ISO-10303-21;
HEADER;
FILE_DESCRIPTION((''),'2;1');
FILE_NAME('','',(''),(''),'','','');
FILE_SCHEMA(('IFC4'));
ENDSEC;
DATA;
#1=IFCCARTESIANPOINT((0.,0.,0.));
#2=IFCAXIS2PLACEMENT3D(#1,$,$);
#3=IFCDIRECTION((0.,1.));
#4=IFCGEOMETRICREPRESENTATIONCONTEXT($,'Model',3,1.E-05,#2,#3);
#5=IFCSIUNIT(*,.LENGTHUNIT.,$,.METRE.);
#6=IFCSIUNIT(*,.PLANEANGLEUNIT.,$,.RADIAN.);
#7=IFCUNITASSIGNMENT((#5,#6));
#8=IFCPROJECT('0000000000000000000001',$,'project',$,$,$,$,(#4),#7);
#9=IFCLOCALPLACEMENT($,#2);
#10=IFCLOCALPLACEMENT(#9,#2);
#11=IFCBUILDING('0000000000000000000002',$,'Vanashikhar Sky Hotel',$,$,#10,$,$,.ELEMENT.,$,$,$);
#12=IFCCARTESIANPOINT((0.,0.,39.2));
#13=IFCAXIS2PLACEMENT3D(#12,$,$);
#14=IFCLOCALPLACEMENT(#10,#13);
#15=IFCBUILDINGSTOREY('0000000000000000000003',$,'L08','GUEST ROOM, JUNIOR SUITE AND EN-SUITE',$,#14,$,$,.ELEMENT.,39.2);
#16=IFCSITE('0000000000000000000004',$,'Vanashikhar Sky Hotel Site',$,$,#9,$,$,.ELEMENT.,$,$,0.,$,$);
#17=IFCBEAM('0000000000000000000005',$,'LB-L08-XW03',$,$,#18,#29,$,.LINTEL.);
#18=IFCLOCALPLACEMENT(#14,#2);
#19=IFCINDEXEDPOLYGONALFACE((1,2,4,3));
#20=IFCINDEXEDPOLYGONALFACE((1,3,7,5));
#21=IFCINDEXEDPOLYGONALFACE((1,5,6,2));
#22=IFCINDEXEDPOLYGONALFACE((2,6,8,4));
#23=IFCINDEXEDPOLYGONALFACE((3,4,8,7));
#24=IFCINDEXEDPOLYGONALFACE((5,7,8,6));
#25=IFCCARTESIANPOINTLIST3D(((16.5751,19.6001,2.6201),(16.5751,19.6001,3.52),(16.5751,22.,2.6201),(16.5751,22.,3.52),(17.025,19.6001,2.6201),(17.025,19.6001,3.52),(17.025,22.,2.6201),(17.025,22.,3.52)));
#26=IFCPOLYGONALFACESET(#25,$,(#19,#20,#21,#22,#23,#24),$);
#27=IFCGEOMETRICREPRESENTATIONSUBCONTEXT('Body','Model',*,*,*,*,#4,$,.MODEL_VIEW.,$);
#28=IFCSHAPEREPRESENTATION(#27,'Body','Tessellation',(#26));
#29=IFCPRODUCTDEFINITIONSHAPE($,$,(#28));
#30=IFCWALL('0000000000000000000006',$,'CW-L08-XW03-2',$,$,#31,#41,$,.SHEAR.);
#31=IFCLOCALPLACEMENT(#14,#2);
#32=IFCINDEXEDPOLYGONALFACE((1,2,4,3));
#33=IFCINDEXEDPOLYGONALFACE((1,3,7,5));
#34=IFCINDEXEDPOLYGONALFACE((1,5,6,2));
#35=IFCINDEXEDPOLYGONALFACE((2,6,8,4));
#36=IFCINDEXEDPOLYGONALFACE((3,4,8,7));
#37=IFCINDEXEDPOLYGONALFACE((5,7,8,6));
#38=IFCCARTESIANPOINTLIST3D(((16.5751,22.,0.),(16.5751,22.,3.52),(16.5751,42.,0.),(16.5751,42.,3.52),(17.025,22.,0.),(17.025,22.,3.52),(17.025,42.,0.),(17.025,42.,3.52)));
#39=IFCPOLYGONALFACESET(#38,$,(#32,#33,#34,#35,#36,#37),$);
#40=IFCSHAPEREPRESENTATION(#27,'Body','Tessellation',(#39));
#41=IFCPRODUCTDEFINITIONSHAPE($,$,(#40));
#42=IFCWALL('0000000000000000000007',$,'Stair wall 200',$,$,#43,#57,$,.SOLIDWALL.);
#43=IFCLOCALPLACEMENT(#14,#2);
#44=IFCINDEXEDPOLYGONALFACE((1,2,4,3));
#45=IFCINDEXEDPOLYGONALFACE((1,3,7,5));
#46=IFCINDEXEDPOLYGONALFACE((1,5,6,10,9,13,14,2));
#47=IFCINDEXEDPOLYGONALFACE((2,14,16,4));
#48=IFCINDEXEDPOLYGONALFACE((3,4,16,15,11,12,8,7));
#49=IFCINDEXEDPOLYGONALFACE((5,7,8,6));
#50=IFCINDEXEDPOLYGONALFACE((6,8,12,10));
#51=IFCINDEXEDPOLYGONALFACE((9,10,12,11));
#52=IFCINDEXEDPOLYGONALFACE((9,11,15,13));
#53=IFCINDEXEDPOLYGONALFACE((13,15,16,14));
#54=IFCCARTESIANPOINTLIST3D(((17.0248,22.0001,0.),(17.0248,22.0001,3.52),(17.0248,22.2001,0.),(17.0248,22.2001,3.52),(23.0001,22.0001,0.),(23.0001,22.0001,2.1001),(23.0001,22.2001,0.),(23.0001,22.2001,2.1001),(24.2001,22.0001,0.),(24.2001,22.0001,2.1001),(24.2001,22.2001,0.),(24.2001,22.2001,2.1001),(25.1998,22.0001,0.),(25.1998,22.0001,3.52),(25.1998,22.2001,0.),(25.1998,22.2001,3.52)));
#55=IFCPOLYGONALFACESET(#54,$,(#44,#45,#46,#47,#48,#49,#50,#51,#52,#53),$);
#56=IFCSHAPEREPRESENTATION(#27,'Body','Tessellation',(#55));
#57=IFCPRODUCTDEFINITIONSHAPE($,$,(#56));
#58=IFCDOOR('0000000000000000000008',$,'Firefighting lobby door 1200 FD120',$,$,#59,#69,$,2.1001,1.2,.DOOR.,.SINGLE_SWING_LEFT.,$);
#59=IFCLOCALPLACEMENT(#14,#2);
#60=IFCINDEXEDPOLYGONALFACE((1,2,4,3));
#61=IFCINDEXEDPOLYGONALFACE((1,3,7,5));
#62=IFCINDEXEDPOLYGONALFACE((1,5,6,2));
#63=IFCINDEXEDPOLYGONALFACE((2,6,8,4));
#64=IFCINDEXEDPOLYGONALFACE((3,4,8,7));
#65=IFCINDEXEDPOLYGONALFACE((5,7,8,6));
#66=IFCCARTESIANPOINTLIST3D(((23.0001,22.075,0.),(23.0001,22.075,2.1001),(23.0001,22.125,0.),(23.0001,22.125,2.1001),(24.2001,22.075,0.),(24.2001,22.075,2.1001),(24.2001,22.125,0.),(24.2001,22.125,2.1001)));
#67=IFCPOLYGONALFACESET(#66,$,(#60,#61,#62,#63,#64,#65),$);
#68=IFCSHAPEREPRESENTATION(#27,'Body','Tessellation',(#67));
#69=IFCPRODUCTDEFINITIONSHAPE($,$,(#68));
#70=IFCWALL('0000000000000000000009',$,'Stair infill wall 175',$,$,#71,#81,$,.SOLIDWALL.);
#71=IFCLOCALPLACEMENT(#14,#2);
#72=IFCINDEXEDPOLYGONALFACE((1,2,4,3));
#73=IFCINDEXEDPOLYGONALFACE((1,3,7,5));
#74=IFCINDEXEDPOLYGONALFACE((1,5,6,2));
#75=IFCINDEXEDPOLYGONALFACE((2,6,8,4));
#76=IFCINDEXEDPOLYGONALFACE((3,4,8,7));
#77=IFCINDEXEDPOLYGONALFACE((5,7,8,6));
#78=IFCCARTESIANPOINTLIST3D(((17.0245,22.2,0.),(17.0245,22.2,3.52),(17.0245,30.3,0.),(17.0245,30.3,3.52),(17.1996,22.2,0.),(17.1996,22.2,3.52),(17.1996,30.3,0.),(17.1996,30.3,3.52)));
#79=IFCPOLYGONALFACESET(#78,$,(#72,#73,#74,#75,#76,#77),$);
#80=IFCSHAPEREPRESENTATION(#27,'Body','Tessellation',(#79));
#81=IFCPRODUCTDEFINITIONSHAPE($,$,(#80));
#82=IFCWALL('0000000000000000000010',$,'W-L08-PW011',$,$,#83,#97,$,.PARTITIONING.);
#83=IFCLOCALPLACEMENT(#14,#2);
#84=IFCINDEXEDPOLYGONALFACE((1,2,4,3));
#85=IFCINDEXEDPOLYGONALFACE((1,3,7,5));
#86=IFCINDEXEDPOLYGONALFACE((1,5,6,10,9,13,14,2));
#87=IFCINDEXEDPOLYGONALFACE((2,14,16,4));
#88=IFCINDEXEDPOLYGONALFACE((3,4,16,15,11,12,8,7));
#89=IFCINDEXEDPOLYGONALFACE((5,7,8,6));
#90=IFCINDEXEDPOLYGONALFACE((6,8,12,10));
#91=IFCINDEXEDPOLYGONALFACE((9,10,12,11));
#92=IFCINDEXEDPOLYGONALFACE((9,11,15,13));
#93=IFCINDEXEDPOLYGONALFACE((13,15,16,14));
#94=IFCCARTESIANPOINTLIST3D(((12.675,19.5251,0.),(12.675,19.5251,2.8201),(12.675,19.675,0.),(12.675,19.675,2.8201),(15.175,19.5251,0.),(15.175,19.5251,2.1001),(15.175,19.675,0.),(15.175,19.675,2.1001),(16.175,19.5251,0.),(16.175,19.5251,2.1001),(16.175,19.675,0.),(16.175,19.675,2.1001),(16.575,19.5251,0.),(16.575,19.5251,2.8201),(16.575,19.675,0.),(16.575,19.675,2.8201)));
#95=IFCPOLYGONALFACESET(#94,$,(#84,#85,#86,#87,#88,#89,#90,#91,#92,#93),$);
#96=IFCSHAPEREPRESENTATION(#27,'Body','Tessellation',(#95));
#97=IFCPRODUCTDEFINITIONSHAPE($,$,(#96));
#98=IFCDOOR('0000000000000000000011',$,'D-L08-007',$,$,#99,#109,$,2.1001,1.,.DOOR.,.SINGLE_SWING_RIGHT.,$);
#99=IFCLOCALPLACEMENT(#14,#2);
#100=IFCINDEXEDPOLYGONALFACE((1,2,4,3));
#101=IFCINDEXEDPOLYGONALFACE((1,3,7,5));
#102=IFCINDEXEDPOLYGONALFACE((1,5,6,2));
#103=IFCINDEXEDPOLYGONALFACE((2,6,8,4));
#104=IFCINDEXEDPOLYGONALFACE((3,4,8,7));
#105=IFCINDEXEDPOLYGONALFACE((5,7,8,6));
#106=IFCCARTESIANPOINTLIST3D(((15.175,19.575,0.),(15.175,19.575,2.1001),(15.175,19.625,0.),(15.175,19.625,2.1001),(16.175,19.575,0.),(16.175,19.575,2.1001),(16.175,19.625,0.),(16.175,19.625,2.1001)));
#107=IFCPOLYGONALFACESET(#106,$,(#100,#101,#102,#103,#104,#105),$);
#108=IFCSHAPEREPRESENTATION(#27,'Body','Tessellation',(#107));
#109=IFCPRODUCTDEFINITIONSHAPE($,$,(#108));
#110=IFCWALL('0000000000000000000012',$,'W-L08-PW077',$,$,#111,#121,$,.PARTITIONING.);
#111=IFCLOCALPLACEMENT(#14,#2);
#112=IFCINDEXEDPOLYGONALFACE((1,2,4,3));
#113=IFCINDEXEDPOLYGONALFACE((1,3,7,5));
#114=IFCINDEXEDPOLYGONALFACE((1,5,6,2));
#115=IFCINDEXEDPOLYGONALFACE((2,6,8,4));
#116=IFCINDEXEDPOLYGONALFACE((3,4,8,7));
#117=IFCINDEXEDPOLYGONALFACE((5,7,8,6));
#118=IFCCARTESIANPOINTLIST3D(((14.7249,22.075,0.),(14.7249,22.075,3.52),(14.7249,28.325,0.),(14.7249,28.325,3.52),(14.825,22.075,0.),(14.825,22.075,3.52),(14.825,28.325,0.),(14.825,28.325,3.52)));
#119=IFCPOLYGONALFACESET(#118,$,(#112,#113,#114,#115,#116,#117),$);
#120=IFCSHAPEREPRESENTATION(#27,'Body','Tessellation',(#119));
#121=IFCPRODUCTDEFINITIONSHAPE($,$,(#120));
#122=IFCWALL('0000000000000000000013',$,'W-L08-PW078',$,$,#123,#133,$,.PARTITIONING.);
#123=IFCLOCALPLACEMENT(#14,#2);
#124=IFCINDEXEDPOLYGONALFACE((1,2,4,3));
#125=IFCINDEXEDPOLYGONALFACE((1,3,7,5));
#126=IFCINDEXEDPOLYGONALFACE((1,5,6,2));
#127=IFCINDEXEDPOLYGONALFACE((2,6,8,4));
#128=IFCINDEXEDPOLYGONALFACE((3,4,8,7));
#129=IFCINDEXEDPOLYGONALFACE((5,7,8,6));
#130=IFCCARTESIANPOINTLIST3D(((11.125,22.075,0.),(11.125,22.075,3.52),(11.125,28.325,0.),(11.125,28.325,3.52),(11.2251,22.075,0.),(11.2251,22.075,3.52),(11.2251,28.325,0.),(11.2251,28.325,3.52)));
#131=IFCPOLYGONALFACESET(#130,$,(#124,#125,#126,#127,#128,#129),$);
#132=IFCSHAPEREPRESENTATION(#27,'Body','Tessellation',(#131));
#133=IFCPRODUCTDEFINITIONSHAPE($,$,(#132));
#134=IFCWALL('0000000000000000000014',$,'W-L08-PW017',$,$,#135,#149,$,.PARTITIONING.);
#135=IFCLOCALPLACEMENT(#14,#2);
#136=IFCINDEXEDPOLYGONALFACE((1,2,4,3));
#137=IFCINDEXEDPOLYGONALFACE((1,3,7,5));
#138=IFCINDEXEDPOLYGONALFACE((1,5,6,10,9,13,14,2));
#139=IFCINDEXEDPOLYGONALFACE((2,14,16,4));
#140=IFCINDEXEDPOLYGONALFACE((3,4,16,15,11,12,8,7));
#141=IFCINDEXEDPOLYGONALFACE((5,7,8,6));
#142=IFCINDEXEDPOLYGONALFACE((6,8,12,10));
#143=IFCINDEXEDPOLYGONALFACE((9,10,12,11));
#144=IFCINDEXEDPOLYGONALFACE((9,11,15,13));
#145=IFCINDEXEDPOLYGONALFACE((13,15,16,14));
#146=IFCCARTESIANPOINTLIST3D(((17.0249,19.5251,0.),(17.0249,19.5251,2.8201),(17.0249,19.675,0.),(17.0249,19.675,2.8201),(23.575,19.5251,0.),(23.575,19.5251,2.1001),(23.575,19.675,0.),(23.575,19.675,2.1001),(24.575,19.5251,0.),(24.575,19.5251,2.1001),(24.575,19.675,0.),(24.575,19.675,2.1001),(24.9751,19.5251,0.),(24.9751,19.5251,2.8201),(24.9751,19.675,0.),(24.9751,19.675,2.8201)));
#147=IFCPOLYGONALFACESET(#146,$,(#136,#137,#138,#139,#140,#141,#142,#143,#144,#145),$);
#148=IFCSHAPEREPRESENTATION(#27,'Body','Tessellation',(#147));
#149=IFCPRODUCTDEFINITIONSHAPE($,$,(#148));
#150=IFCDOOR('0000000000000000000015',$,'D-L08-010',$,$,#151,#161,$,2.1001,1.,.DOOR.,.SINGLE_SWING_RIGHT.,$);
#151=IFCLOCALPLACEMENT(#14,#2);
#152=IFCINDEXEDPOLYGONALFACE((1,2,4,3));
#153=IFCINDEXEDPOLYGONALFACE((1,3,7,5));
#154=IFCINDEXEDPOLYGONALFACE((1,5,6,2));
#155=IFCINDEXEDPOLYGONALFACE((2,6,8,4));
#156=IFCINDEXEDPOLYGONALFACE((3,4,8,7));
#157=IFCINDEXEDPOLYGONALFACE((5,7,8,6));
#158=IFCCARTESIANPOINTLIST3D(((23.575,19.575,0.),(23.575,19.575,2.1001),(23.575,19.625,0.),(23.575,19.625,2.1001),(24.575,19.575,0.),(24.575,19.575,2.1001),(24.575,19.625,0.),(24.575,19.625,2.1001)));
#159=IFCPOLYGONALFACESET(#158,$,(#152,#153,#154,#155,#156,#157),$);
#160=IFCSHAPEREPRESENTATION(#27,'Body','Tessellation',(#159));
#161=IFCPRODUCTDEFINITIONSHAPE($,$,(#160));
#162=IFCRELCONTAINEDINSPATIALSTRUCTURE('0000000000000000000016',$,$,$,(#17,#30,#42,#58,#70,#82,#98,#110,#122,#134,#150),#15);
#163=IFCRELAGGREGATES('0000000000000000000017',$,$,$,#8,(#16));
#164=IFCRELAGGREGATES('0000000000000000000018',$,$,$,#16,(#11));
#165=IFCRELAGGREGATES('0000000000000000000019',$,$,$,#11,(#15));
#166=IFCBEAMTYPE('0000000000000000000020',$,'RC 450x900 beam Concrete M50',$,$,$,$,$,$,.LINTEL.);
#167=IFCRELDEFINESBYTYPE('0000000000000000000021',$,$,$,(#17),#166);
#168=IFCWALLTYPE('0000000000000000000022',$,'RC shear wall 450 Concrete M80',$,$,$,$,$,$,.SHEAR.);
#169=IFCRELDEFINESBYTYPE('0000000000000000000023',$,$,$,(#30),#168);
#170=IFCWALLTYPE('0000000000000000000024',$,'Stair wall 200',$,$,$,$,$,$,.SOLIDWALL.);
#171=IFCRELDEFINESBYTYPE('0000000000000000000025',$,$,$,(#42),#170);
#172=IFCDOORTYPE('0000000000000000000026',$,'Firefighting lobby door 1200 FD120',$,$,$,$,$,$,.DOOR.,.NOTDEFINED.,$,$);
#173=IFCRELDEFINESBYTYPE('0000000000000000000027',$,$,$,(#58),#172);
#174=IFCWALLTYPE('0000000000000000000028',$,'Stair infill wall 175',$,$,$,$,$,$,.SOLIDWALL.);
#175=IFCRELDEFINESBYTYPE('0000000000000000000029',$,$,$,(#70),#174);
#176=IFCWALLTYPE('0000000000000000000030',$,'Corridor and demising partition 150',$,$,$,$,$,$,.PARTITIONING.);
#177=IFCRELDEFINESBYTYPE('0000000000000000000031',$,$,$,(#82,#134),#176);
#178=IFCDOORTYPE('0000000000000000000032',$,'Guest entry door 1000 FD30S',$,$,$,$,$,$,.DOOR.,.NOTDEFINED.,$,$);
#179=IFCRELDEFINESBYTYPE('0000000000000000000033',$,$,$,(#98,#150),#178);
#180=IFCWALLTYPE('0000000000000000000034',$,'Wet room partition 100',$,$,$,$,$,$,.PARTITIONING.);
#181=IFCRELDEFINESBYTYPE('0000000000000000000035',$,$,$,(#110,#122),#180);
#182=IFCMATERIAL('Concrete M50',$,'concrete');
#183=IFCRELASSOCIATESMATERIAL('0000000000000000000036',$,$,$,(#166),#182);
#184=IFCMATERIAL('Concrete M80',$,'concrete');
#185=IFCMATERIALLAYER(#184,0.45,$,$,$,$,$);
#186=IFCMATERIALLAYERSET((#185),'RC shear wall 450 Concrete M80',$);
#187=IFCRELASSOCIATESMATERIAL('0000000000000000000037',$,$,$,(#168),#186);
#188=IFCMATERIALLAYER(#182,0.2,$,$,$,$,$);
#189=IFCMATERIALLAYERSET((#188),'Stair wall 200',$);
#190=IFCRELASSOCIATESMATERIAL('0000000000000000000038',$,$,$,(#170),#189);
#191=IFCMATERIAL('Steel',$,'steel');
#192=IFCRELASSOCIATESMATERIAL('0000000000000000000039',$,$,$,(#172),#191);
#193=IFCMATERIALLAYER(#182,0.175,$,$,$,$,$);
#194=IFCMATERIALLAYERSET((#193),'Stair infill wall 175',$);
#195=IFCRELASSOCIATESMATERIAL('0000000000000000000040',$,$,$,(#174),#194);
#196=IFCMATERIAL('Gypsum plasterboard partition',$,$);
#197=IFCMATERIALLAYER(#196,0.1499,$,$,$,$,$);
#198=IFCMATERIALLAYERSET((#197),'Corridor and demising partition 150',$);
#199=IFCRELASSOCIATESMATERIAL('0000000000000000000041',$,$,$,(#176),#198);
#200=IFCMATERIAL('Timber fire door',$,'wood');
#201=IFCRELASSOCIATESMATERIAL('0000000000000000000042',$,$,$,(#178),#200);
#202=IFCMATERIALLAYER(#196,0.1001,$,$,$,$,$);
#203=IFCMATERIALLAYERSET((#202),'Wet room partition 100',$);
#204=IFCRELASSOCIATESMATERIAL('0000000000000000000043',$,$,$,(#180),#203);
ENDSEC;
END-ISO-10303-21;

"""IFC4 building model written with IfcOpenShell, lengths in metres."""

from ifc_helpers import new_model, si_unit, direction, frame, frame_2d, origin, origin_2d, place, context, subcontext, project, spatial, rectangle, extrude, source, transform, mapped, material, layer, layer_set, material_profile, profile_set, type_object, element, fill, save


model = new_model("IFC4")

# Units and contexts
model_context = context("Model", 3, precision=1e-05, world=origin(), true_north=direction((0.0, 1.0)))
body_context = subcontext(model_context, "Body", "Model", "MODEL_VIEW")
ifc_project = project(units=[si_unit("LENGTHUNIT", "METRE"), si_unit("PLANEANGLEUNIT", "RADIAN")], contexts=[model_context])

# Site, building, storey
site_placement = place(None, origin())
site = spatial("IfcSite", under=ifc_project, at=site_placement, Name="Vanashikhar Sky Hotel Site", CompositionType="ELEMENT", RefElevation=0.0)
building_placement = place(site_placement, origin())
building = spatial("IfcBuilding", under=site, at=building_placement, Name="Vanashikhar Sky Hotel", CompositionType="ELEMENT")
storey_placement = place(building_placement, frame((0.0, 0.0, 39.2)))
storey = spatial("IfcBuildingStorey", under=building, at=storey_placement, Name="L08", Description="GUEST ROOM, JUNIOR SUITE AND EN-SUITE", CompositionType="ELEMENT", Elevation=39.2)

# Beam
ifc_material_1 = material(Name="Concrete M50", Category="concrete")
ifc_material_profile = material_profile(ifc_material_1, rectangle(XDim=0.45, YDim=0.8999, at=origin_2d()))
ifc_profile_set = profile_set([ifc_material_profile], Name="RC 450x900 beam Concrete M50")
beam_type = type_object("IfcBeamType", Name="RC 450x900 beam Concrete M50", PredefinedType="LINTEL", material=ifc_profile_set)
shared_shape_1 = source(origin(), body_context, "Body", "SweptSolid", [
    extrude(rectangle(XDim=0.45, YDim=0.8999, at=origin_2d()), origin(), (0.0, 0.0, 1.0), 2.3999),
])
beam_placement = place(storey_placement, frame((16.8, 19.6001, 3.0701), z_axis=(0.0, 1.0, 0.0), x_axis=(-1.0, 0.0, 0.0)))
element("IfcBeam", 1, at=beam_placement, inside=storey, type_object=beam_type, Name="LB-L08-XW03", PredefinedType="LINTEL", context=body_context, shape_type="MappedRepresentation", body=[
    mapped(shared_shape_1, transform((0.0, 0.0, 0.0), scale=1.0)),
])

# Wall
ifc_material_2 = material(Name="Concrete M80", Category="concrete")
ifc_layer_1 = layer(ifc_material_2, 0.45)
ifc_layer_set_1 = layer_set([ifc_layer_1], Name="RC shear wall 450 Concrete M80")
wall_type_1 = type_object("IfcWallType", Name="RC shear wall 450 Concrete M80", PredefinedType="SHEAR", material=ifc_layer_set_1)
shared_shape_2 = source(origin(), body_context, "Body", "SweptSolid", [
    extrude(rectangle(XDim=20.0, YDim=0.45, at=frame_2d((10.0, 0.0))), origin(), (0.0, 0.0, 1.0), 3.52),
])
wall_1_placement = place(storey_placement, frame((16.8, 22.0, 0.0), z_axis=(0.0, 0.0, 1.0), x_axis=(0.0, 1.0, 0.0)))
element("IfcWall", 2, at=wall_1_placement, inside=storey, type_object=wall_type_1, Name="CW-L08-XW03-2", PredefinedType="SHEAR", context=body_context, shape_type="MappedRepresentation", body=[
    mapped(shared_shape_2, transform((0.0, 0.0, 0.0), scale=1.0)),
])

# Wall, opening, door
ifc_layer_2 = layer(ifc_material_1, 0.2)
ifc_layer_set_2 = layer_set([ifc_layer_2], Name="Stair wall 200")
wall_type_2 = type_object("IfcWallType", Name="Stair wall 200", PredefinedType="SOLIDWALL", material=ifc_layer_set_2)
shared_shape_3 = source(origin(), body_context, "Body", "SweptSolid", [
    extrude(rectangle(XDim=8.175, YDim=0.2, at=frame_2d((4.0874, 0.0))), origin(), (0.0, 0.0, 1.0), 3.52),
])
wall_2_placement = place(storey_placement, frame((17.0249, 22.1001, 0.0), z_axis=(0.0, 0.0, 1.0), x_axis=(1.0, 0.0, 0.0)))
wall_2 = element("IfcWall", 3, at=wall_2_placement, inside=storey, type_object=wall_type_2, Name="Stair wall 200", PredefinedType="SOLIDWALL", context=body_context, shape_type="MappedRepresentation", body=[
    mapped(shared_shape_3, transform((0.0, 0.0, 0.0), scale=1.0)),
])
shared_shape_4 = source(origin(), body_context, "Body", "SweptSolid", [
    extrude(rectangle(XDim=1.2, YDim=2.1001, at=frame_2d((0.6001, 1.05))), frame((0.0, 0.1099, 0.0), z_axis=(0.0, -1.0, 0.0), x_axis=(1.0, 0.0, 0.0)), (0.0, 0.0, 1.0), 0.22),
])
opening_1_placement = place(wall_2_placement, frame((5.9751, 0.0, 0.0)))
opening_1 = element("IfcOpeningElement", 4, at=opening_1_placement, cuts=wall_2, PredefinedType="OPENING", context=body_context, shape_type="MappedRepresentation", body=[
    mapped(shared_shape_4, transform((0.0, 0.0, 0.0), scale=1.0)),
])
ifc_material_3 = material(Name="Steel", Category="steel")
door_type_1 = type_object("IfcDoorType", Name="Firefighting lobby door 1200 FD120", OperationType="NOTDEFINED", PredefinedType="DOOR", material=ifc_material_3)
shared_shape_5 = source(origin(), body_context, "Body", "SweptSolid", [
    extrude(rectangle(XDim=1.2, YDim=2.1001, at=frame_2d((0.6001, 1.05))), frame((0.0, 0.0249, 0.0), z_axis=(0.0, -1.0, 0.0), x_axis=(1.0, 0.0, 0.0)), (0.0, 0.0, 1.0), 0.05),
])
door_1_placement = place(opening_1_placement, origin())
door_1 = element("IfcDoor", 5, at=door_1_placement, inside=storey, type_object=door_type_1, Name="Firefighting lobby door 1200 FD120", OperationType="SINGLE_SWING_LEFT", OverallHeight=2.1001, OverallWidth=1.2, PredefinedType="DOOR", context=body_context, shape_type="MappedRepresentation", body=[
    mapped(shared_shape_5, transform((0.0, 0.0, 0.0), scale=1.0)),
])
fill(opening_1, door_1)

# Wall
ifc_layer_3 = layer(ifc_material_1, 0.175)
ifc_layer_set_3 = layer_set([ifc_layer_3], Name="Stair infill wall 175")
wall_type_3 = type_object("IfcWallType", Name="Stair infill wall 175", PredefinedType="SOLIDWALL", material=ifc_layer_set_3)
shared_shape_6 = source(origin(), body_context, "Body", "SweptSolid", [
    extrude(rectangle(XDim=8.1001, YDim=0.175, at=frame_2d((4.05, 0.0))), origin(), (0.0, 0.0, 1.0), 3.52),
])
wall_3_placement = place(storey_placement, frame((17.1121, 22.2, 0.0), z_axis=(0.0, 0.0, 1.0), x_axis=(0.0, 1.0, 0.0)))
element("IfcWall", 6, at=wall_3_placement, inside=storey, type_object=wall_type_3, Name="Stair infill wall 175", PredefinedType="SOLIDWALL", context=body_context, shape_type="MappedRepresentation", body=[
    mapped(shared_shape_6, transform((0.0, 0.0, 0.0), scale=1.0)),
])

# Wall, opening, door
ifc_material_4 = material(Name="Gypsum plasterboard partition")
ifc_layer_4 = layer(ifc_material_4, 0.1499)
ifc_layer_set_4 = layer_set([ifc_layer_4], Name="Corridor and demising partition 150")
wall_type_4 = type_object("IfcWallType", Name="Corridor and demising partition 150", PredefinedType="PARTITIONING", material=ifc_layer_set_4)
shared_shape_7 = source(origin(), body_context, "Body", "SweptSolid", [
    extrude(rectangle(XDim=3.8999, YDim=0.1499, at=frame_2d((1.95, 0.0))), origin(), (0.0, 0.0, 1.0), 2.8201),
])
wall_4_placement = place(storey_placement, frame((12.675, 19.6001, 0.0), z_axis=(0.0, 0.0, 1.0), x_axis=(1.0, 0.0, 0.0)))
wall_4 = element("IfcWall", 7, at=wall_4_placement, inside=storey, type_object=wall_type_4, Name="W-L08-PW011", PredefinedType="PARTITIONING", context=body_context, shape_type="MappedRepresentation", body=[
    mapped(shared_shape_7, transform((0.0, 0.0, 0.0), scale=1.0)),
])
shared_shape_8 = source(origin(), body_context, "Body", "SweptSolid", [
    extrude(rectangle(XDim=1.0, YDim=2.1001, at=frame_2d((0.5, 1.05))), frame((0.0, 0.085, 0.0), z_axis=(0.0, -1.0, 0.0), x_axis=(1.0, 0.0, 0.0)), (0.0, 0.0, 1.0), 0.1699),
])
opening_2_placement = place(wall_4_placement, frame((2.5, 0.0, 0.0)))
opening_2 = element("IfcOpeningElement", 8, at=opening_2_placement, cuts=wall_4, PredefinedType="OPENING", context=body_context, shape_type="MappedRepresentation", body=[
    mapped(shared_shape_8, transform((0.0, 0.0, 0.0), scale=1.0)),
])
ifc_material_5 = material(Name="Timber fire door", Category="wood")
door_type_2 = type_object("IfcDoorType", Name="Guest entry door 1000 FD30S", OperationType="NOTDEFINED", PredefinedType="DOOR", material=ifc_material_5)
shared_shape_9 = source(origin(), body_context, "Body", "SweptSolid", [
    extrude(rectangle(XDim=1.0, YDim=2.1001, at=frame_2d((0.5, 1.05))), frame((0.0, 0.0249, 0.0), z_axis=(0.0, -1.0, 0.0), x_axis=(1.0, 0.0, 0.0)), (0.0, 0.0, 1.0), 0.05),
])
door_2_placement = place(opening_2_placement, origin())
door_2 = element("IfcDoor", 9, at=door_2_placement, inside=storey, type_object=door_type_2, Name="D-L08-007", OperationType="SINGLE_SWING_RIGHT", OverallHeight=2.1001, OverallWidth=1.0, PredefinedType="DOOR", context=body_context, shape_type="MappedRepresentation", body=[
    mapped(shared_shape_9, transform((0.0, 0.0, 0.0), scale=1.0)),
])
fill(opening_2, door_2)

# Walls
ifc_layer_5 = layer(ifc_material_4, 0.1001)
ifc_layer_set_5 = layer_set([ifc_layer_5], Name="Wet room partition 100")
wall_type_5 = type_object("IfcWallType", Name="Wet room partition 100", PredefinedType="PARTITIONING", material=ifc_layer_set_5)
shared_shape_10 = source(origin(), body_context, "Body", "SweptSolid", [
    extrude(rectangle(XDim=6.25, YDim=0.1001, at=frame_2d((3.125, 0.0))), origin(), (0.0, 0.0, 1.0), 3.52),
])
for number, where, z_axis, x_axis, name in (
    (10, (14.7749, 22.075, 0.0), (0.0, 0.0, 1.0), (0.0, 1.0, 0.0), "W-L08-PW077"),
    (11, (11.175, 22.075, 0.0), (0.0, 0.0, 1.0), (0.0, 1.0, 0.0), "W-L08-PW078"),
):
    element("IfcWall", number, at=place(storey_placement, frame(where, z_axis=z_axis, x_axis=x_axis)), inside=storey, type_object=wall_type_5, Name=name, PredefinedType="PARTITIONING", context=body_context, shape_type="MappedRepresentation", body=[
        mapped(shared_shape_10, transform((0.0, 0.0, 0.0), scale=1.0)),
    ])

# Wall, opening, door
shared_shape_11 = source(origin(), body_context, "Body", "SweptSolid", [
    extrude(rectangle(XDim=7.9502, YDim=0.1499, at=frame_2d((3.9751, 0.0))), origin(), (0.0, 0.0, 1.0), 2.8201),
])
wall_5_placement = place(storey_placement, frame((17.0249, 19.6001, 0.0), z_axis=(0.0, 0.0, 1.0), x_axis=(1.0, 0.0, 0.0)))
wall_5 = element("IfcWall", 12, at=wall_5_placement, inside=storey, type_object=wall_type_4, Name="W-L08-PW017", PredefinedType="PARTITIONING", context=body_context, shape_type="MappedRepresentation", body=[
    mapped(shared_shape_11, transform((0.0, 0.0, 0.0), scale=1.0)),
])
opening_3_placement = place(wall_5_placement, frame((6.55, 0.0, 0.0)))
opening_3 = element("IfcOpeningElement", 13, at=opening_3_placement, cuts=wall_5, PredefinedType="OPENING", context=body_context, shape_type="MappedRepresentation", body=[
    mapped(shared_shape_8, transform((0.0, 0.0, 0.0), scale=1.0)),
])
door_3_placement = place(opening_3_placement, origin())
door_3 = element("IfcDoor", 14, at=door_3_placement, inside=storey, type_object=door_type_2, Name="D-L08-010", OperationType="SINGLE_SWING_RIGHT", OverallHeight=2.1001, OverallWidth=1.0, PredefinedType="DOOR", context=body_context, shape_type="MappedRepresentation", body=[
    mapped(shared_shape_9, transform((0.0, 0.0, 0.0), scale=1.0)),
])
fill(opening_3, door_3)

save(model, "model.ifc")
